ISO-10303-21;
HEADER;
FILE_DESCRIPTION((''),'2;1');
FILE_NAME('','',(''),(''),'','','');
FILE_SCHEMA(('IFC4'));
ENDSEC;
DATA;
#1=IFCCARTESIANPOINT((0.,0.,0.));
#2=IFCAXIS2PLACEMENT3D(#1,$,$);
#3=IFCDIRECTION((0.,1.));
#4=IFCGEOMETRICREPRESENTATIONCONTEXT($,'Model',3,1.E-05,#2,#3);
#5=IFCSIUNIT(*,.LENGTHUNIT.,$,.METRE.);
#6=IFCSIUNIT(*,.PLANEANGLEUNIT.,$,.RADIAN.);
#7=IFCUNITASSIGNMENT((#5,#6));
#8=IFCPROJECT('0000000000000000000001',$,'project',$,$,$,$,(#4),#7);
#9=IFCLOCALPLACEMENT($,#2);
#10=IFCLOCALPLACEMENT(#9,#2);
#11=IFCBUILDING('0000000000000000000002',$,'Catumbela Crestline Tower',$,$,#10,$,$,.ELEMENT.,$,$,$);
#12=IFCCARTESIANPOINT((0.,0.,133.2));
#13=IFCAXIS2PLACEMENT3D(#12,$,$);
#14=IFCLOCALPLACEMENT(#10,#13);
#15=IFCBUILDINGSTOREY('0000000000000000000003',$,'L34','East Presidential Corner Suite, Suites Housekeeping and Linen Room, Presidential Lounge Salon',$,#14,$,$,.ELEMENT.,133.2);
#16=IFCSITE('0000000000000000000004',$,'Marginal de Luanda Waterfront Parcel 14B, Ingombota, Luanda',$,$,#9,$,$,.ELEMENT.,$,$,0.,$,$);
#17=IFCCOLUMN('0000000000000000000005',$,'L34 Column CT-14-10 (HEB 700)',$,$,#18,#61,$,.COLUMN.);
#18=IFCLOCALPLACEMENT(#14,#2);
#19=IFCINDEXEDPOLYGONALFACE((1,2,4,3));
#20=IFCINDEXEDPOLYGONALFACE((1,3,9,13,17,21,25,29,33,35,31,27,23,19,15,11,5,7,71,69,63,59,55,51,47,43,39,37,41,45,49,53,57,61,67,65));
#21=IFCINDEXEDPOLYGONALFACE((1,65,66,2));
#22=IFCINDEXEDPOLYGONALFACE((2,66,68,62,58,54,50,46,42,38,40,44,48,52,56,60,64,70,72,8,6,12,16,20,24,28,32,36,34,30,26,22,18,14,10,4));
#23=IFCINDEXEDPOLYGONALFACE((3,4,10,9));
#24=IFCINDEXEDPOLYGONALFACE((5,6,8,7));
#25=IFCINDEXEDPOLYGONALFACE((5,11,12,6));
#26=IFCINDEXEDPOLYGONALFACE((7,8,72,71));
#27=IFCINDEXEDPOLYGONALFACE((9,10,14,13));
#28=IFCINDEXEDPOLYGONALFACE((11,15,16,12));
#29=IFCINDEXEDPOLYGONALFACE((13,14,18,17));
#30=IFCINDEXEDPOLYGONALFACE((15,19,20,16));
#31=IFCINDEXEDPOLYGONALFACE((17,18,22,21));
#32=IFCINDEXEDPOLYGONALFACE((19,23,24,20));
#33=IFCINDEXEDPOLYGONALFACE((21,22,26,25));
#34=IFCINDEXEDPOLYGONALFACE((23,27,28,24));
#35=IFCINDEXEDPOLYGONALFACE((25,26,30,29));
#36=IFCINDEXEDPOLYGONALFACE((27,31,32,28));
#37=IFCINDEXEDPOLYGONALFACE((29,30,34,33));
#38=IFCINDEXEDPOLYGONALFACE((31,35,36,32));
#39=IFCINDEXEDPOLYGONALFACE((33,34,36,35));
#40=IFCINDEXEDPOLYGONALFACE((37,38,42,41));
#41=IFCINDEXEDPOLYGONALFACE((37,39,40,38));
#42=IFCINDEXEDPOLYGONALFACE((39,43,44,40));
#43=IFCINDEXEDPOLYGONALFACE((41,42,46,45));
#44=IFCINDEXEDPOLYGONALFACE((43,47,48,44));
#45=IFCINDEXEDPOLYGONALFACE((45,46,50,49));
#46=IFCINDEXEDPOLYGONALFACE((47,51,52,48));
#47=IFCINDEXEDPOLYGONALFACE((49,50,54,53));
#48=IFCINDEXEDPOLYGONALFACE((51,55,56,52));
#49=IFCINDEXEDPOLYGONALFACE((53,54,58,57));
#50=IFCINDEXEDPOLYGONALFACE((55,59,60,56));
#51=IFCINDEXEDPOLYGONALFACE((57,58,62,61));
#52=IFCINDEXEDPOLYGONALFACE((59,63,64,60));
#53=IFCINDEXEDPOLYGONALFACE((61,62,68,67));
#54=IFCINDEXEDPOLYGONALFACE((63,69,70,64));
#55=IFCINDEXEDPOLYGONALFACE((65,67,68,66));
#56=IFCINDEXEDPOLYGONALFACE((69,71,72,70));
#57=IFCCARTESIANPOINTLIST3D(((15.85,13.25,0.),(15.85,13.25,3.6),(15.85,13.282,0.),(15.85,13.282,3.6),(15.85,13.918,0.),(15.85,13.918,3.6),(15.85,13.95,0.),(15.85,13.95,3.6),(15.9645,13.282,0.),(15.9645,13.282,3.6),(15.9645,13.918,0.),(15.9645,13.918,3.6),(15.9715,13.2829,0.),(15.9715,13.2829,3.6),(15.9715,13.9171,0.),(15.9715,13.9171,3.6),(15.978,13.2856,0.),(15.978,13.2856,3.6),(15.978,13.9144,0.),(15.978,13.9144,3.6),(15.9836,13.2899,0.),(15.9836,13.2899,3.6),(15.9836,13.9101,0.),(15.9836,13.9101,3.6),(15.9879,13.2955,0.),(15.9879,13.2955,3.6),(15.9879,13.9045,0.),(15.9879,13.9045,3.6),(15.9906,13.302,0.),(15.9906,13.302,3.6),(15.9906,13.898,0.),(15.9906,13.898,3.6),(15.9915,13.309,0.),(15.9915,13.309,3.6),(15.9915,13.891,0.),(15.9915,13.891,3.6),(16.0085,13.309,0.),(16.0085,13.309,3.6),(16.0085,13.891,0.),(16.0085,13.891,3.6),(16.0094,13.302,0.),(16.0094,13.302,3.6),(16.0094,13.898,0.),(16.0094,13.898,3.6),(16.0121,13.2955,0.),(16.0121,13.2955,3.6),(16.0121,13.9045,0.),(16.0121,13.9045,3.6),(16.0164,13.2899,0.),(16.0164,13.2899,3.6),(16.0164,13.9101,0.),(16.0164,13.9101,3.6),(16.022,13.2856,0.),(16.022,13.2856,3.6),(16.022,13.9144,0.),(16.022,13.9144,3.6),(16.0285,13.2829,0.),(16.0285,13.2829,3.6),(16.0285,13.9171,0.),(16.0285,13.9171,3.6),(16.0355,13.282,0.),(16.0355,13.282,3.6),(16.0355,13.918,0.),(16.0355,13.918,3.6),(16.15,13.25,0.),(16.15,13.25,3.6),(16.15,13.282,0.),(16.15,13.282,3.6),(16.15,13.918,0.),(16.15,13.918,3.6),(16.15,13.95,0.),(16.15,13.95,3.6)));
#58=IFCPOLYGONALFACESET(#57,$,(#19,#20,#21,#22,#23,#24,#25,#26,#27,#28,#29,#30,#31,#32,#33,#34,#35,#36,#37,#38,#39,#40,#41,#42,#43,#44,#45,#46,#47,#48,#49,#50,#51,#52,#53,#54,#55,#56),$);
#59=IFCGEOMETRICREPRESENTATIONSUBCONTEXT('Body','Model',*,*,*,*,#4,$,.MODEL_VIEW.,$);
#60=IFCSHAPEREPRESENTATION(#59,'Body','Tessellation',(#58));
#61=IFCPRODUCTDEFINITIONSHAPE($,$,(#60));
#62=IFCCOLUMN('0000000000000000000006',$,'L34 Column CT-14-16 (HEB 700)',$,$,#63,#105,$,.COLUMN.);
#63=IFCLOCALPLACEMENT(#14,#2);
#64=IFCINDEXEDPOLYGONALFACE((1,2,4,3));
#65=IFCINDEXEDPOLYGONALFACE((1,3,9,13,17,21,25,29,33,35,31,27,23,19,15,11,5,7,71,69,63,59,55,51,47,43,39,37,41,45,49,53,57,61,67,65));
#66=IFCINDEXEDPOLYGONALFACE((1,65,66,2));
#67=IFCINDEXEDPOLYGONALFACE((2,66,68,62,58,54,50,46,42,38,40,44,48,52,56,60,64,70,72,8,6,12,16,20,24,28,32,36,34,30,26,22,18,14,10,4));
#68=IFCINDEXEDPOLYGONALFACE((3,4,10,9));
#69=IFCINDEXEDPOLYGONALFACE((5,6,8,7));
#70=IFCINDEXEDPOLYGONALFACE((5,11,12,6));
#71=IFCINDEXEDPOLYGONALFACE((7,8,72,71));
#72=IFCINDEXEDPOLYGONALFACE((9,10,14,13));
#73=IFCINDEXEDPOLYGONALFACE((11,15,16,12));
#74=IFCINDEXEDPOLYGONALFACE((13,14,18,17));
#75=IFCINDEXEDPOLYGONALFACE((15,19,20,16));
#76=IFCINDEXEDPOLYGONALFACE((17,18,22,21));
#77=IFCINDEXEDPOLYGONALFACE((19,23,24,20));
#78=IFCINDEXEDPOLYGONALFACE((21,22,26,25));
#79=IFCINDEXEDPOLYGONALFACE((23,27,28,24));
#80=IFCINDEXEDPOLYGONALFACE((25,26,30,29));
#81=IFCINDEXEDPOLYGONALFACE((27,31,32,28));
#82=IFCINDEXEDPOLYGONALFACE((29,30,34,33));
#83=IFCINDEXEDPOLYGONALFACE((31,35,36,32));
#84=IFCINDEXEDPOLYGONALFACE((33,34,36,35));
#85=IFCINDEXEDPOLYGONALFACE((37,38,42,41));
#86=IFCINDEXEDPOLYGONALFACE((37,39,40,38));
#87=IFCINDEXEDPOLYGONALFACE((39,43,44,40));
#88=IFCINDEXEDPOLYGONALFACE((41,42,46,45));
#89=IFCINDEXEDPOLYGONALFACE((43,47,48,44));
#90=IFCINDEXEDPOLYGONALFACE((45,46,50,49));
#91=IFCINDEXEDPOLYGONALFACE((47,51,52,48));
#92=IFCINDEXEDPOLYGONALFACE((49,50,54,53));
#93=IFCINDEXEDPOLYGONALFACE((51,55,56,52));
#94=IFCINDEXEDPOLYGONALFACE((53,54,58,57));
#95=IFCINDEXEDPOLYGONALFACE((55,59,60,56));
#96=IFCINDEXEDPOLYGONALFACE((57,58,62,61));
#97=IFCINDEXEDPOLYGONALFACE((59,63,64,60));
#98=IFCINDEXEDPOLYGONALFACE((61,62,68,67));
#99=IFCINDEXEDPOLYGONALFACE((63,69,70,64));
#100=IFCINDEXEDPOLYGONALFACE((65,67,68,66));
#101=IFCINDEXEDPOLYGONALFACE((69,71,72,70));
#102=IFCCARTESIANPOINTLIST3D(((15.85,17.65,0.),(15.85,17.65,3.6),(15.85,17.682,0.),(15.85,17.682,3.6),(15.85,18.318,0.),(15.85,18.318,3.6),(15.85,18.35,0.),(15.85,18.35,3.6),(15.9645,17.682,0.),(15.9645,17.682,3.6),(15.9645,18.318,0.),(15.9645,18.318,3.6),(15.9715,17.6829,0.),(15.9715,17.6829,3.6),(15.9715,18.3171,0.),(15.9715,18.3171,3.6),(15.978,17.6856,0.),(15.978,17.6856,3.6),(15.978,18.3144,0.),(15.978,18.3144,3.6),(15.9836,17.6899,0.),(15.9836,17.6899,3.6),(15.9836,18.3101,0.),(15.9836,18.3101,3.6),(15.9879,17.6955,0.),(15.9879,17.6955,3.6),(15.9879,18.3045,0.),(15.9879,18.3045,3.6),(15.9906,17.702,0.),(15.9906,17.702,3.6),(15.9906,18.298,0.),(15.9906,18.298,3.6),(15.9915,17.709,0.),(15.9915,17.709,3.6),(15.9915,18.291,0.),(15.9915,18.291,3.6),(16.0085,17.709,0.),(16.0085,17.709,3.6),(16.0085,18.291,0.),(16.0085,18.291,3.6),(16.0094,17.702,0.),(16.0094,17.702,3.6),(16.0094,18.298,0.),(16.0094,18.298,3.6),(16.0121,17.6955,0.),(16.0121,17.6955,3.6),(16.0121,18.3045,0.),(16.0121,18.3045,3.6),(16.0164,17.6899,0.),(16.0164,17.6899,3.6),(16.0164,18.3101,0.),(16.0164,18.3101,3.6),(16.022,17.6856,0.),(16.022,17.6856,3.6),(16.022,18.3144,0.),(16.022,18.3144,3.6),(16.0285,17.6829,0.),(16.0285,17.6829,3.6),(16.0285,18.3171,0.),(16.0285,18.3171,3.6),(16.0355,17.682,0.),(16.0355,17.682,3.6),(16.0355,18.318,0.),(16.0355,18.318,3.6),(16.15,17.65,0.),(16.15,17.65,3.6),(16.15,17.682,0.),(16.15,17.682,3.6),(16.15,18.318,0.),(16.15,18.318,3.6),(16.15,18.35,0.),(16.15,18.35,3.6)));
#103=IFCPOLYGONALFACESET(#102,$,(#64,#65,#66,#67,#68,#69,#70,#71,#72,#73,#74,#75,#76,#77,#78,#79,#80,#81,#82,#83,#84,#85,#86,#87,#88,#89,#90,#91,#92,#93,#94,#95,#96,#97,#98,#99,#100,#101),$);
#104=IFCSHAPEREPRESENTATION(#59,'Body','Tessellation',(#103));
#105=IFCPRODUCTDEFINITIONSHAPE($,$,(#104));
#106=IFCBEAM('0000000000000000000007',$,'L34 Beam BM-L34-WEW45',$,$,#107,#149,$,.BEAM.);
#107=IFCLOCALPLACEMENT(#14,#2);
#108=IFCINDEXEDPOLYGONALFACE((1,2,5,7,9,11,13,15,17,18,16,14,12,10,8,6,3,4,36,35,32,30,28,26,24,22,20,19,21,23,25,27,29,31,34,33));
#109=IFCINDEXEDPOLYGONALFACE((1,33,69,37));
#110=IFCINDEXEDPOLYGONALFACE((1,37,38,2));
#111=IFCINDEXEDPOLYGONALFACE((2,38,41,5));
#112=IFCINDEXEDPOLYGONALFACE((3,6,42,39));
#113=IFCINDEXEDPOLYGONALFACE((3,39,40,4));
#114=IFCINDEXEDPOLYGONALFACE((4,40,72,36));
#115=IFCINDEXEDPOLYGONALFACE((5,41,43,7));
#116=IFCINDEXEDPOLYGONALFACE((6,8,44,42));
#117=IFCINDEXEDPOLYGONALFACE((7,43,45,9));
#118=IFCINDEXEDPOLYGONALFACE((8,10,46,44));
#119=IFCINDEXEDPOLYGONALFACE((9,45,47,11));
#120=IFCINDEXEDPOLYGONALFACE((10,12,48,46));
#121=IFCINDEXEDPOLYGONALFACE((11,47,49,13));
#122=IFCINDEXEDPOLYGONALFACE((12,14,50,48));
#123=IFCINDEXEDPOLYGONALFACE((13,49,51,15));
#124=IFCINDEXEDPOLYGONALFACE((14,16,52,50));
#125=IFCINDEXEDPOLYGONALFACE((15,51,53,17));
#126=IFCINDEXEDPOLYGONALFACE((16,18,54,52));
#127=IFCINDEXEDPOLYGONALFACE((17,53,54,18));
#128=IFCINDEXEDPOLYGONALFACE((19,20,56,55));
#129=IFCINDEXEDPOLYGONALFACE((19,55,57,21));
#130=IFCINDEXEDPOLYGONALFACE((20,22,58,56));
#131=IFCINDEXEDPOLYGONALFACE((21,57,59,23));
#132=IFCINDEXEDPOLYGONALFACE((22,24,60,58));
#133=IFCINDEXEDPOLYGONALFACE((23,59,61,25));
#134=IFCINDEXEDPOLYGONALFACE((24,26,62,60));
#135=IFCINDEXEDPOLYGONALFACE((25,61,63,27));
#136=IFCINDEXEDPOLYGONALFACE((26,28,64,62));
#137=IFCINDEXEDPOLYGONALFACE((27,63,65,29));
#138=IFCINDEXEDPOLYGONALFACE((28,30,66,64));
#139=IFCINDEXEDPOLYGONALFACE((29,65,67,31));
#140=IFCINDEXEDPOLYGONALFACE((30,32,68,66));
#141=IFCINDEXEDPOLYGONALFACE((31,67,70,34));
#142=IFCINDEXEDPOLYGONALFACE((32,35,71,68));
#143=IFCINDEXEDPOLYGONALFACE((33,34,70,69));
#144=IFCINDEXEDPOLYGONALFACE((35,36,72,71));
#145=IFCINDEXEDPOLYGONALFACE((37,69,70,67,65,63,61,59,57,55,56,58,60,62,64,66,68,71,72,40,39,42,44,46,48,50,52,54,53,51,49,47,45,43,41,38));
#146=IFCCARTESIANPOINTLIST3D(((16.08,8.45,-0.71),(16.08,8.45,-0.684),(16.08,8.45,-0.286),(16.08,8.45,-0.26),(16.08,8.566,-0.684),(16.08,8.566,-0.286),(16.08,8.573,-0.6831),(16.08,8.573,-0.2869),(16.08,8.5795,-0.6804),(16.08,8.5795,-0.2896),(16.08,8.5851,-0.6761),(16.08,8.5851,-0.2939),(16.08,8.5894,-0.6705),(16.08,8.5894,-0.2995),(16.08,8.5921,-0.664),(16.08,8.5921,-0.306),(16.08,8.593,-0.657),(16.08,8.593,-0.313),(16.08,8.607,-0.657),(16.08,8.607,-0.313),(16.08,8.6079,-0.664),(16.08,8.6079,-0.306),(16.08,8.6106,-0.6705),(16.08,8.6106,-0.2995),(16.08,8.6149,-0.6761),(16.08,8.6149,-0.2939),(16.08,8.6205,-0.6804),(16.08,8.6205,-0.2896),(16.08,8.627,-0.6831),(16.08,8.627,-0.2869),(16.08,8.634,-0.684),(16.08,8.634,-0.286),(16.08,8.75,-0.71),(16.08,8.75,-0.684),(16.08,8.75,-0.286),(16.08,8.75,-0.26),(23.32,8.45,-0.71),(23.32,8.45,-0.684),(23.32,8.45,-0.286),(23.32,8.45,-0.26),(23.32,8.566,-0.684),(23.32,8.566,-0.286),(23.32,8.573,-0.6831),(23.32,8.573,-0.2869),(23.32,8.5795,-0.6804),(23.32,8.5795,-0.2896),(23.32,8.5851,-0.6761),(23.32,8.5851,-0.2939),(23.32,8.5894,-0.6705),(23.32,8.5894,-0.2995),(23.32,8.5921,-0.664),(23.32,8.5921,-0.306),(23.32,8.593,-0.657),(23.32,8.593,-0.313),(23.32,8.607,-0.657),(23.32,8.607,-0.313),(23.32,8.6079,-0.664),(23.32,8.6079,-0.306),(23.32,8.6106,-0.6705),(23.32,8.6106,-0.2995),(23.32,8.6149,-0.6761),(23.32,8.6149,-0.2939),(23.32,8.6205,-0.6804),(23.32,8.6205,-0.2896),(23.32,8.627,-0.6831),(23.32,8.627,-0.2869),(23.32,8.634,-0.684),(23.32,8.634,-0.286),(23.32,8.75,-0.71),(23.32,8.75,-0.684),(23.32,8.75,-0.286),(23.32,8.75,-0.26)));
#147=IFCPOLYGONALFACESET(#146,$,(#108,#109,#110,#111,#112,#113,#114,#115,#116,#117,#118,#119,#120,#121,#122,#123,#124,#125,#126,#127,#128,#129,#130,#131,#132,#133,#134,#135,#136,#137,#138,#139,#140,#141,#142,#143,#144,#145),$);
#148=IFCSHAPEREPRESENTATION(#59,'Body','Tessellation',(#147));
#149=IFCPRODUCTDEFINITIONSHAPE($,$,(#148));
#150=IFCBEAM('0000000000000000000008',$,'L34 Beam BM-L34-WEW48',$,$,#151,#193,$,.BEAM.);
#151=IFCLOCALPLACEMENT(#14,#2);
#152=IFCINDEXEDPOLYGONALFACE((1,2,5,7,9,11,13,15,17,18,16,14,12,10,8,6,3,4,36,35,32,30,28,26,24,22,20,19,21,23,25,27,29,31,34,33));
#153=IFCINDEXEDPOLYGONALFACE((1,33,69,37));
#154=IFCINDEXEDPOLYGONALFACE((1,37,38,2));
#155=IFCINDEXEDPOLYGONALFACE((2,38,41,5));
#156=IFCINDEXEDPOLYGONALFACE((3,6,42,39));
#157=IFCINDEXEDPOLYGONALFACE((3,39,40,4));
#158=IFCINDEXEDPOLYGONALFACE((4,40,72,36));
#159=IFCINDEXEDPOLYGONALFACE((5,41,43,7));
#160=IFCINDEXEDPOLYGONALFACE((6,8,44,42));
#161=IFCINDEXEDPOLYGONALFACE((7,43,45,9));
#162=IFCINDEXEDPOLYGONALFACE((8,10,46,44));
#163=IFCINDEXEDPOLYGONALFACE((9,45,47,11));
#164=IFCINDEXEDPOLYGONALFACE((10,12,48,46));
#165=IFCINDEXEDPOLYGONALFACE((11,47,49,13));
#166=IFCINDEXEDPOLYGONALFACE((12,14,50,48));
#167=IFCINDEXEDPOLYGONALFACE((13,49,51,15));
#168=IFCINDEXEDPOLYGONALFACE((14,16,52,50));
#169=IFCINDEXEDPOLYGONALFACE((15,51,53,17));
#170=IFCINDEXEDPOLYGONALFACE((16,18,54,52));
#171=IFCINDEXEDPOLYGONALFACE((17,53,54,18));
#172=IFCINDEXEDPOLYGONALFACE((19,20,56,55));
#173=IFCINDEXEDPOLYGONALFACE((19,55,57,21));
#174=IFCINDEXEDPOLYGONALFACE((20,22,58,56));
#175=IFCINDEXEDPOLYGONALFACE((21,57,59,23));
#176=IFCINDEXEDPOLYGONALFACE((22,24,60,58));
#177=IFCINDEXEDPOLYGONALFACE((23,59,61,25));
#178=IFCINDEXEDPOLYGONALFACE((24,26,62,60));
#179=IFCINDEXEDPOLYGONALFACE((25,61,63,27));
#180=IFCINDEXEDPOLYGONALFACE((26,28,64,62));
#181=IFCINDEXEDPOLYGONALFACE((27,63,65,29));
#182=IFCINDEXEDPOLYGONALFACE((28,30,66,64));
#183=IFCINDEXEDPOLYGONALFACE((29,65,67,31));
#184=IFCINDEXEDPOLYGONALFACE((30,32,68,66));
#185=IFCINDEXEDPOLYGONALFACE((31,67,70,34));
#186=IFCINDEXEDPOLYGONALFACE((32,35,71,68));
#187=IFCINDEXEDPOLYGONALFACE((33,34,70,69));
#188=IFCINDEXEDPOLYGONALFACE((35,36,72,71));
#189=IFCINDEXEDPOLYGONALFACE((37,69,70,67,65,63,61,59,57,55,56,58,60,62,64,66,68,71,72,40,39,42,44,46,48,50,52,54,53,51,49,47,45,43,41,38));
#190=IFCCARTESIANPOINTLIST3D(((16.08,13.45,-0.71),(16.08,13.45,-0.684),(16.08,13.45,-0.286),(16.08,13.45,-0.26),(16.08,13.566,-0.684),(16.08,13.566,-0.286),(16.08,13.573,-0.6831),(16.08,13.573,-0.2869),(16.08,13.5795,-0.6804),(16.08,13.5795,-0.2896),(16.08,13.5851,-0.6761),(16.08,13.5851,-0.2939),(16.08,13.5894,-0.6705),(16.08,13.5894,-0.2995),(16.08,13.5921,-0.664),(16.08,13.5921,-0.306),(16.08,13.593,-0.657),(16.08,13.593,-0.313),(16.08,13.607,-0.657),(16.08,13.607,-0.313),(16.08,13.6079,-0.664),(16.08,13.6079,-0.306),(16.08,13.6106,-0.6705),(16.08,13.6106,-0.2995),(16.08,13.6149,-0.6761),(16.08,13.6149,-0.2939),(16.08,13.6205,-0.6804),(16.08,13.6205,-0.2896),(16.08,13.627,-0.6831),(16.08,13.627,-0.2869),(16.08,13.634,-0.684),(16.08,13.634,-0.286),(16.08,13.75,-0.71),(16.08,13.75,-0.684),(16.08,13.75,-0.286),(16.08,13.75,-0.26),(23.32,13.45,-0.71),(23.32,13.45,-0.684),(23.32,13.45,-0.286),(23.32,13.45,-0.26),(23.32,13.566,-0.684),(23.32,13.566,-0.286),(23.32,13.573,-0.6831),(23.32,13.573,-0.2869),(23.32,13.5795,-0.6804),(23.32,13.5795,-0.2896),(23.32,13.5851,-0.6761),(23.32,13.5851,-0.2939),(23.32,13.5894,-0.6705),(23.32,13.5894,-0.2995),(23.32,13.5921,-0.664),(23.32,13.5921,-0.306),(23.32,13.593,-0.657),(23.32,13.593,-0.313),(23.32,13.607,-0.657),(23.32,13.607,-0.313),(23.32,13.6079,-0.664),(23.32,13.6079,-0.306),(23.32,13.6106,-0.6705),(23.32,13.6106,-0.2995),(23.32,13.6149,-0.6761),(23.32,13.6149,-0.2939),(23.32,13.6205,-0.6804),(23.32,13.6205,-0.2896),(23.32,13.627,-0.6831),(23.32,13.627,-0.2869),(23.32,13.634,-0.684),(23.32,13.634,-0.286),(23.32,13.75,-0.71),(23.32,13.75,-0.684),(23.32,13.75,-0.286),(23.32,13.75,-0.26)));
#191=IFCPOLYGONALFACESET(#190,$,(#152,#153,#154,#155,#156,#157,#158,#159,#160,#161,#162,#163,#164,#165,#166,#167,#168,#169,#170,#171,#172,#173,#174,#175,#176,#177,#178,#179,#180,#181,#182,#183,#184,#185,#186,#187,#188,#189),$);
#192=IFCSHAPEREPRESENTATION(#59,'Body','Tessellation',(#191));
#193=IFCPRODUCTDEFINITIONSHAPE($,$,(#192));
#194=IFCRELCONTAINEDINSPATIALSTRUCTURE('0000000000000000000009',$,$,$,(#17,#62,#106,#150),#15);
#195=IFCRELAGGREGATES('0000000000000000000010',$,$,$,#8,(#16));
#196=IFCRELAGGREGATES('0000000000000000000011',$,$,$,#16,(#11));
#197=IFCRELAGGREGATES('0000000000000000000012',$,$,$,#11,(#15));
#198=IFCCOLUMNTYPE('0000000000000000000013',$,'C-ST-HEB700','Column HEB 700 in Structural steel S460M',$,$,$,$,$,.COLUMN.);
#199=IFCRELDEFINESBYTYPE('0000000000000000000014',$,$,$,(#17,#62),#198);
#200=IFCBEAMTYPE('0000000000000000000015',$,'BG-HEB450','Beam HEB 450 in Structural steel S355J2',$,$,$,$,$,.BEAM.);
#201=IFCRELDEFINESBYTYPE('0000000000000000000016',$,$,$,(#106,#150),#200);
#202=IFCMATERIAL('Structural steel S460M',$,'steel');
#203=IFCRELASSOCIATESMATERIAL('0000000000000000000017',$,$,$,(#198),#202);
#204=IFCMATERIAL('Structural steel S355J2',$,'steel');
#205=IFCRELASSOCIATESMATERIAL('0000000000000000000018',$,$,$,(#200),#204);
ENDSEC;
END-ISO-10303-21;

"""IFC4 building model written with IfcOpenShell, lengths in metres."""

from ifc_helpers import new_model, si_unit, direction, frame, origin, origin_2d, place, context, subcontext, project, spatial, i_section, extrude, material, material_profile, profile_set, type_object, element, save


model = new_model("IFC4")

# Units and contexts
model_context = context("Model", 3, precision=1e-05, world=origin(), true_north=direction((0.0, 1.0)))
body_context = subcontext(model_context, "Body", "Model", "MODEL_VIEW")
ifc_project = project(units=[si_unit("LENGTHUNIT", "METRE"), si_unit("PLANEANGLEUNIT", "RADIAN")], contexts=[model_context])

# Site, building, storey
site_placement = place(None, origin())
site = spatial("IfcSite", under=ifc_project, at=site_placement, Name="Marginal de Luanda Waterfront Parcel 14B, Ingombota, Luanda", CompositionType="ELEMENT", RefElevation=0.0)
building_placement = place(site_placement, origin())
building = spatial("IfcBuilding", under=site, at=building_placement, Name="Catumbela Crestline Tower", CompositionType="ELEMENT")
storey_placement = place(building_placement, frame((0.0, 0.0, 133.2)))
storey = spatial("IfcBuildingStorey", under=building, at=storey_placement, Name="L34", Description="East Presidential Corner Suite, Suites Housekeeping and Linen Room, Presidential Lounge Salon", CompositionType="ELEMENT", Elevation=133.2)

# Columns
ifc_material_1 = material(Name="Structural steel S460M", Category="steel")
ifc_material_profile_1 = material_profile(ifc_material_1, i_section(OverallWidth=0.3, OverallDepth=0.7, WebThickness=0.017, FlangeThickness=0.032, FilletRadius=0.027, at=origin_2d()), Name="HEB 700")
ifc_profile_set_1 = profile_set([ifc_material_profile_1], Name="Structural steel S460M")
column_type = type_object("IfcColumnType", Name="C-ST-HEB700", Description="Column HEB 700 in Structural steel S460M", PredefinedType="COLUMN", material=ifc_profile_set_1)
for number, where, z_axis, x_axis, name in (
    (1, (16.0, 13.6, 0.0), (0.0, 0.0, 1.0), (1.0, 0.0, 0.0), "L34 Column CT-14-10 (HEB 700)"),
    (2, (16.0, 18.0, 0.0), (0.0, 0.0, 1.0), (1.0, 0.0, 0.0), "L34 Column CT-14-16 (HEB 700)"),
):
    element("IfcColumn", number, at=place(storey_placement, frame(where, z_axis=z_axis, x_axis=x_axis)), inside=storey, type_object=column_type, Name=name, PredefinedType="COLUMN", context=body_context, shape_type="SweptSolid", body=[
        extrude(i_section(OverallWidth=0.3, OverallDepth=0.7, WebThickness=0.017, FlangeThickness=0.032, FilletRadius=0.027, at=origin_2d()), origin(), (0.0, 0.0, 1.0), 3.6),
    ])

# Beams
ifc_material_2 = material(Name="Structural steel S355J2", Category="steel")
ifc_material_profile_2 = material_profile(ifc_material_2, i_section(OverallWidth=0.3, OverallDepth=0.45, WebThickness=0.014, FlangeThickness=0.026, FilletRadius=0.027, at=origin_2d()), Name="HEB 450")
ifc_profile_set_2 = profile_set([ifc_material_profile_2], Name="Structural steel S355J2")
beam_type_1 = type_object("IfcBeamType", Name="BG-HEB450", Description="Beam HEB 450 in Structural steel S355J2", PredefinedType="BEAM", material=ifc_profile_set_2)
for number, where, z_axis, x_axis, name in (
    (3, (16.08, 8.6, -0.485), (1.0, 0.0, 0.0), (0.0, 1.0, 0.0), "L34 Beam BM-L34-WEW45"),
    (4, (16.08, 13.6, -0.485), (1.0, 0.0, 0.0), (0.0, 1.0, 0.0), "L34 Beam BM-L34-WEW48"),
):
    element("IfcBeam", number, at=place(storey_placement, frame(where, z_axis=z_axis, x_axis=x_axis)), inside=storey, type_object=beam_type_1, Name=name, PredefinedType="BEAM", context=body_context, shape_type="SweptSolid", body=[
        extrude(i_section(OverallWidth=0.3, OverallDepth=0.45, WebThickness=0.014, FlangeThickness=0.026, FilletRadius=0.027, at=origin_2d()), origin(), (0.0, 0.0, 1.0), 7.24),
    ])

save(model, "model.ifc")
